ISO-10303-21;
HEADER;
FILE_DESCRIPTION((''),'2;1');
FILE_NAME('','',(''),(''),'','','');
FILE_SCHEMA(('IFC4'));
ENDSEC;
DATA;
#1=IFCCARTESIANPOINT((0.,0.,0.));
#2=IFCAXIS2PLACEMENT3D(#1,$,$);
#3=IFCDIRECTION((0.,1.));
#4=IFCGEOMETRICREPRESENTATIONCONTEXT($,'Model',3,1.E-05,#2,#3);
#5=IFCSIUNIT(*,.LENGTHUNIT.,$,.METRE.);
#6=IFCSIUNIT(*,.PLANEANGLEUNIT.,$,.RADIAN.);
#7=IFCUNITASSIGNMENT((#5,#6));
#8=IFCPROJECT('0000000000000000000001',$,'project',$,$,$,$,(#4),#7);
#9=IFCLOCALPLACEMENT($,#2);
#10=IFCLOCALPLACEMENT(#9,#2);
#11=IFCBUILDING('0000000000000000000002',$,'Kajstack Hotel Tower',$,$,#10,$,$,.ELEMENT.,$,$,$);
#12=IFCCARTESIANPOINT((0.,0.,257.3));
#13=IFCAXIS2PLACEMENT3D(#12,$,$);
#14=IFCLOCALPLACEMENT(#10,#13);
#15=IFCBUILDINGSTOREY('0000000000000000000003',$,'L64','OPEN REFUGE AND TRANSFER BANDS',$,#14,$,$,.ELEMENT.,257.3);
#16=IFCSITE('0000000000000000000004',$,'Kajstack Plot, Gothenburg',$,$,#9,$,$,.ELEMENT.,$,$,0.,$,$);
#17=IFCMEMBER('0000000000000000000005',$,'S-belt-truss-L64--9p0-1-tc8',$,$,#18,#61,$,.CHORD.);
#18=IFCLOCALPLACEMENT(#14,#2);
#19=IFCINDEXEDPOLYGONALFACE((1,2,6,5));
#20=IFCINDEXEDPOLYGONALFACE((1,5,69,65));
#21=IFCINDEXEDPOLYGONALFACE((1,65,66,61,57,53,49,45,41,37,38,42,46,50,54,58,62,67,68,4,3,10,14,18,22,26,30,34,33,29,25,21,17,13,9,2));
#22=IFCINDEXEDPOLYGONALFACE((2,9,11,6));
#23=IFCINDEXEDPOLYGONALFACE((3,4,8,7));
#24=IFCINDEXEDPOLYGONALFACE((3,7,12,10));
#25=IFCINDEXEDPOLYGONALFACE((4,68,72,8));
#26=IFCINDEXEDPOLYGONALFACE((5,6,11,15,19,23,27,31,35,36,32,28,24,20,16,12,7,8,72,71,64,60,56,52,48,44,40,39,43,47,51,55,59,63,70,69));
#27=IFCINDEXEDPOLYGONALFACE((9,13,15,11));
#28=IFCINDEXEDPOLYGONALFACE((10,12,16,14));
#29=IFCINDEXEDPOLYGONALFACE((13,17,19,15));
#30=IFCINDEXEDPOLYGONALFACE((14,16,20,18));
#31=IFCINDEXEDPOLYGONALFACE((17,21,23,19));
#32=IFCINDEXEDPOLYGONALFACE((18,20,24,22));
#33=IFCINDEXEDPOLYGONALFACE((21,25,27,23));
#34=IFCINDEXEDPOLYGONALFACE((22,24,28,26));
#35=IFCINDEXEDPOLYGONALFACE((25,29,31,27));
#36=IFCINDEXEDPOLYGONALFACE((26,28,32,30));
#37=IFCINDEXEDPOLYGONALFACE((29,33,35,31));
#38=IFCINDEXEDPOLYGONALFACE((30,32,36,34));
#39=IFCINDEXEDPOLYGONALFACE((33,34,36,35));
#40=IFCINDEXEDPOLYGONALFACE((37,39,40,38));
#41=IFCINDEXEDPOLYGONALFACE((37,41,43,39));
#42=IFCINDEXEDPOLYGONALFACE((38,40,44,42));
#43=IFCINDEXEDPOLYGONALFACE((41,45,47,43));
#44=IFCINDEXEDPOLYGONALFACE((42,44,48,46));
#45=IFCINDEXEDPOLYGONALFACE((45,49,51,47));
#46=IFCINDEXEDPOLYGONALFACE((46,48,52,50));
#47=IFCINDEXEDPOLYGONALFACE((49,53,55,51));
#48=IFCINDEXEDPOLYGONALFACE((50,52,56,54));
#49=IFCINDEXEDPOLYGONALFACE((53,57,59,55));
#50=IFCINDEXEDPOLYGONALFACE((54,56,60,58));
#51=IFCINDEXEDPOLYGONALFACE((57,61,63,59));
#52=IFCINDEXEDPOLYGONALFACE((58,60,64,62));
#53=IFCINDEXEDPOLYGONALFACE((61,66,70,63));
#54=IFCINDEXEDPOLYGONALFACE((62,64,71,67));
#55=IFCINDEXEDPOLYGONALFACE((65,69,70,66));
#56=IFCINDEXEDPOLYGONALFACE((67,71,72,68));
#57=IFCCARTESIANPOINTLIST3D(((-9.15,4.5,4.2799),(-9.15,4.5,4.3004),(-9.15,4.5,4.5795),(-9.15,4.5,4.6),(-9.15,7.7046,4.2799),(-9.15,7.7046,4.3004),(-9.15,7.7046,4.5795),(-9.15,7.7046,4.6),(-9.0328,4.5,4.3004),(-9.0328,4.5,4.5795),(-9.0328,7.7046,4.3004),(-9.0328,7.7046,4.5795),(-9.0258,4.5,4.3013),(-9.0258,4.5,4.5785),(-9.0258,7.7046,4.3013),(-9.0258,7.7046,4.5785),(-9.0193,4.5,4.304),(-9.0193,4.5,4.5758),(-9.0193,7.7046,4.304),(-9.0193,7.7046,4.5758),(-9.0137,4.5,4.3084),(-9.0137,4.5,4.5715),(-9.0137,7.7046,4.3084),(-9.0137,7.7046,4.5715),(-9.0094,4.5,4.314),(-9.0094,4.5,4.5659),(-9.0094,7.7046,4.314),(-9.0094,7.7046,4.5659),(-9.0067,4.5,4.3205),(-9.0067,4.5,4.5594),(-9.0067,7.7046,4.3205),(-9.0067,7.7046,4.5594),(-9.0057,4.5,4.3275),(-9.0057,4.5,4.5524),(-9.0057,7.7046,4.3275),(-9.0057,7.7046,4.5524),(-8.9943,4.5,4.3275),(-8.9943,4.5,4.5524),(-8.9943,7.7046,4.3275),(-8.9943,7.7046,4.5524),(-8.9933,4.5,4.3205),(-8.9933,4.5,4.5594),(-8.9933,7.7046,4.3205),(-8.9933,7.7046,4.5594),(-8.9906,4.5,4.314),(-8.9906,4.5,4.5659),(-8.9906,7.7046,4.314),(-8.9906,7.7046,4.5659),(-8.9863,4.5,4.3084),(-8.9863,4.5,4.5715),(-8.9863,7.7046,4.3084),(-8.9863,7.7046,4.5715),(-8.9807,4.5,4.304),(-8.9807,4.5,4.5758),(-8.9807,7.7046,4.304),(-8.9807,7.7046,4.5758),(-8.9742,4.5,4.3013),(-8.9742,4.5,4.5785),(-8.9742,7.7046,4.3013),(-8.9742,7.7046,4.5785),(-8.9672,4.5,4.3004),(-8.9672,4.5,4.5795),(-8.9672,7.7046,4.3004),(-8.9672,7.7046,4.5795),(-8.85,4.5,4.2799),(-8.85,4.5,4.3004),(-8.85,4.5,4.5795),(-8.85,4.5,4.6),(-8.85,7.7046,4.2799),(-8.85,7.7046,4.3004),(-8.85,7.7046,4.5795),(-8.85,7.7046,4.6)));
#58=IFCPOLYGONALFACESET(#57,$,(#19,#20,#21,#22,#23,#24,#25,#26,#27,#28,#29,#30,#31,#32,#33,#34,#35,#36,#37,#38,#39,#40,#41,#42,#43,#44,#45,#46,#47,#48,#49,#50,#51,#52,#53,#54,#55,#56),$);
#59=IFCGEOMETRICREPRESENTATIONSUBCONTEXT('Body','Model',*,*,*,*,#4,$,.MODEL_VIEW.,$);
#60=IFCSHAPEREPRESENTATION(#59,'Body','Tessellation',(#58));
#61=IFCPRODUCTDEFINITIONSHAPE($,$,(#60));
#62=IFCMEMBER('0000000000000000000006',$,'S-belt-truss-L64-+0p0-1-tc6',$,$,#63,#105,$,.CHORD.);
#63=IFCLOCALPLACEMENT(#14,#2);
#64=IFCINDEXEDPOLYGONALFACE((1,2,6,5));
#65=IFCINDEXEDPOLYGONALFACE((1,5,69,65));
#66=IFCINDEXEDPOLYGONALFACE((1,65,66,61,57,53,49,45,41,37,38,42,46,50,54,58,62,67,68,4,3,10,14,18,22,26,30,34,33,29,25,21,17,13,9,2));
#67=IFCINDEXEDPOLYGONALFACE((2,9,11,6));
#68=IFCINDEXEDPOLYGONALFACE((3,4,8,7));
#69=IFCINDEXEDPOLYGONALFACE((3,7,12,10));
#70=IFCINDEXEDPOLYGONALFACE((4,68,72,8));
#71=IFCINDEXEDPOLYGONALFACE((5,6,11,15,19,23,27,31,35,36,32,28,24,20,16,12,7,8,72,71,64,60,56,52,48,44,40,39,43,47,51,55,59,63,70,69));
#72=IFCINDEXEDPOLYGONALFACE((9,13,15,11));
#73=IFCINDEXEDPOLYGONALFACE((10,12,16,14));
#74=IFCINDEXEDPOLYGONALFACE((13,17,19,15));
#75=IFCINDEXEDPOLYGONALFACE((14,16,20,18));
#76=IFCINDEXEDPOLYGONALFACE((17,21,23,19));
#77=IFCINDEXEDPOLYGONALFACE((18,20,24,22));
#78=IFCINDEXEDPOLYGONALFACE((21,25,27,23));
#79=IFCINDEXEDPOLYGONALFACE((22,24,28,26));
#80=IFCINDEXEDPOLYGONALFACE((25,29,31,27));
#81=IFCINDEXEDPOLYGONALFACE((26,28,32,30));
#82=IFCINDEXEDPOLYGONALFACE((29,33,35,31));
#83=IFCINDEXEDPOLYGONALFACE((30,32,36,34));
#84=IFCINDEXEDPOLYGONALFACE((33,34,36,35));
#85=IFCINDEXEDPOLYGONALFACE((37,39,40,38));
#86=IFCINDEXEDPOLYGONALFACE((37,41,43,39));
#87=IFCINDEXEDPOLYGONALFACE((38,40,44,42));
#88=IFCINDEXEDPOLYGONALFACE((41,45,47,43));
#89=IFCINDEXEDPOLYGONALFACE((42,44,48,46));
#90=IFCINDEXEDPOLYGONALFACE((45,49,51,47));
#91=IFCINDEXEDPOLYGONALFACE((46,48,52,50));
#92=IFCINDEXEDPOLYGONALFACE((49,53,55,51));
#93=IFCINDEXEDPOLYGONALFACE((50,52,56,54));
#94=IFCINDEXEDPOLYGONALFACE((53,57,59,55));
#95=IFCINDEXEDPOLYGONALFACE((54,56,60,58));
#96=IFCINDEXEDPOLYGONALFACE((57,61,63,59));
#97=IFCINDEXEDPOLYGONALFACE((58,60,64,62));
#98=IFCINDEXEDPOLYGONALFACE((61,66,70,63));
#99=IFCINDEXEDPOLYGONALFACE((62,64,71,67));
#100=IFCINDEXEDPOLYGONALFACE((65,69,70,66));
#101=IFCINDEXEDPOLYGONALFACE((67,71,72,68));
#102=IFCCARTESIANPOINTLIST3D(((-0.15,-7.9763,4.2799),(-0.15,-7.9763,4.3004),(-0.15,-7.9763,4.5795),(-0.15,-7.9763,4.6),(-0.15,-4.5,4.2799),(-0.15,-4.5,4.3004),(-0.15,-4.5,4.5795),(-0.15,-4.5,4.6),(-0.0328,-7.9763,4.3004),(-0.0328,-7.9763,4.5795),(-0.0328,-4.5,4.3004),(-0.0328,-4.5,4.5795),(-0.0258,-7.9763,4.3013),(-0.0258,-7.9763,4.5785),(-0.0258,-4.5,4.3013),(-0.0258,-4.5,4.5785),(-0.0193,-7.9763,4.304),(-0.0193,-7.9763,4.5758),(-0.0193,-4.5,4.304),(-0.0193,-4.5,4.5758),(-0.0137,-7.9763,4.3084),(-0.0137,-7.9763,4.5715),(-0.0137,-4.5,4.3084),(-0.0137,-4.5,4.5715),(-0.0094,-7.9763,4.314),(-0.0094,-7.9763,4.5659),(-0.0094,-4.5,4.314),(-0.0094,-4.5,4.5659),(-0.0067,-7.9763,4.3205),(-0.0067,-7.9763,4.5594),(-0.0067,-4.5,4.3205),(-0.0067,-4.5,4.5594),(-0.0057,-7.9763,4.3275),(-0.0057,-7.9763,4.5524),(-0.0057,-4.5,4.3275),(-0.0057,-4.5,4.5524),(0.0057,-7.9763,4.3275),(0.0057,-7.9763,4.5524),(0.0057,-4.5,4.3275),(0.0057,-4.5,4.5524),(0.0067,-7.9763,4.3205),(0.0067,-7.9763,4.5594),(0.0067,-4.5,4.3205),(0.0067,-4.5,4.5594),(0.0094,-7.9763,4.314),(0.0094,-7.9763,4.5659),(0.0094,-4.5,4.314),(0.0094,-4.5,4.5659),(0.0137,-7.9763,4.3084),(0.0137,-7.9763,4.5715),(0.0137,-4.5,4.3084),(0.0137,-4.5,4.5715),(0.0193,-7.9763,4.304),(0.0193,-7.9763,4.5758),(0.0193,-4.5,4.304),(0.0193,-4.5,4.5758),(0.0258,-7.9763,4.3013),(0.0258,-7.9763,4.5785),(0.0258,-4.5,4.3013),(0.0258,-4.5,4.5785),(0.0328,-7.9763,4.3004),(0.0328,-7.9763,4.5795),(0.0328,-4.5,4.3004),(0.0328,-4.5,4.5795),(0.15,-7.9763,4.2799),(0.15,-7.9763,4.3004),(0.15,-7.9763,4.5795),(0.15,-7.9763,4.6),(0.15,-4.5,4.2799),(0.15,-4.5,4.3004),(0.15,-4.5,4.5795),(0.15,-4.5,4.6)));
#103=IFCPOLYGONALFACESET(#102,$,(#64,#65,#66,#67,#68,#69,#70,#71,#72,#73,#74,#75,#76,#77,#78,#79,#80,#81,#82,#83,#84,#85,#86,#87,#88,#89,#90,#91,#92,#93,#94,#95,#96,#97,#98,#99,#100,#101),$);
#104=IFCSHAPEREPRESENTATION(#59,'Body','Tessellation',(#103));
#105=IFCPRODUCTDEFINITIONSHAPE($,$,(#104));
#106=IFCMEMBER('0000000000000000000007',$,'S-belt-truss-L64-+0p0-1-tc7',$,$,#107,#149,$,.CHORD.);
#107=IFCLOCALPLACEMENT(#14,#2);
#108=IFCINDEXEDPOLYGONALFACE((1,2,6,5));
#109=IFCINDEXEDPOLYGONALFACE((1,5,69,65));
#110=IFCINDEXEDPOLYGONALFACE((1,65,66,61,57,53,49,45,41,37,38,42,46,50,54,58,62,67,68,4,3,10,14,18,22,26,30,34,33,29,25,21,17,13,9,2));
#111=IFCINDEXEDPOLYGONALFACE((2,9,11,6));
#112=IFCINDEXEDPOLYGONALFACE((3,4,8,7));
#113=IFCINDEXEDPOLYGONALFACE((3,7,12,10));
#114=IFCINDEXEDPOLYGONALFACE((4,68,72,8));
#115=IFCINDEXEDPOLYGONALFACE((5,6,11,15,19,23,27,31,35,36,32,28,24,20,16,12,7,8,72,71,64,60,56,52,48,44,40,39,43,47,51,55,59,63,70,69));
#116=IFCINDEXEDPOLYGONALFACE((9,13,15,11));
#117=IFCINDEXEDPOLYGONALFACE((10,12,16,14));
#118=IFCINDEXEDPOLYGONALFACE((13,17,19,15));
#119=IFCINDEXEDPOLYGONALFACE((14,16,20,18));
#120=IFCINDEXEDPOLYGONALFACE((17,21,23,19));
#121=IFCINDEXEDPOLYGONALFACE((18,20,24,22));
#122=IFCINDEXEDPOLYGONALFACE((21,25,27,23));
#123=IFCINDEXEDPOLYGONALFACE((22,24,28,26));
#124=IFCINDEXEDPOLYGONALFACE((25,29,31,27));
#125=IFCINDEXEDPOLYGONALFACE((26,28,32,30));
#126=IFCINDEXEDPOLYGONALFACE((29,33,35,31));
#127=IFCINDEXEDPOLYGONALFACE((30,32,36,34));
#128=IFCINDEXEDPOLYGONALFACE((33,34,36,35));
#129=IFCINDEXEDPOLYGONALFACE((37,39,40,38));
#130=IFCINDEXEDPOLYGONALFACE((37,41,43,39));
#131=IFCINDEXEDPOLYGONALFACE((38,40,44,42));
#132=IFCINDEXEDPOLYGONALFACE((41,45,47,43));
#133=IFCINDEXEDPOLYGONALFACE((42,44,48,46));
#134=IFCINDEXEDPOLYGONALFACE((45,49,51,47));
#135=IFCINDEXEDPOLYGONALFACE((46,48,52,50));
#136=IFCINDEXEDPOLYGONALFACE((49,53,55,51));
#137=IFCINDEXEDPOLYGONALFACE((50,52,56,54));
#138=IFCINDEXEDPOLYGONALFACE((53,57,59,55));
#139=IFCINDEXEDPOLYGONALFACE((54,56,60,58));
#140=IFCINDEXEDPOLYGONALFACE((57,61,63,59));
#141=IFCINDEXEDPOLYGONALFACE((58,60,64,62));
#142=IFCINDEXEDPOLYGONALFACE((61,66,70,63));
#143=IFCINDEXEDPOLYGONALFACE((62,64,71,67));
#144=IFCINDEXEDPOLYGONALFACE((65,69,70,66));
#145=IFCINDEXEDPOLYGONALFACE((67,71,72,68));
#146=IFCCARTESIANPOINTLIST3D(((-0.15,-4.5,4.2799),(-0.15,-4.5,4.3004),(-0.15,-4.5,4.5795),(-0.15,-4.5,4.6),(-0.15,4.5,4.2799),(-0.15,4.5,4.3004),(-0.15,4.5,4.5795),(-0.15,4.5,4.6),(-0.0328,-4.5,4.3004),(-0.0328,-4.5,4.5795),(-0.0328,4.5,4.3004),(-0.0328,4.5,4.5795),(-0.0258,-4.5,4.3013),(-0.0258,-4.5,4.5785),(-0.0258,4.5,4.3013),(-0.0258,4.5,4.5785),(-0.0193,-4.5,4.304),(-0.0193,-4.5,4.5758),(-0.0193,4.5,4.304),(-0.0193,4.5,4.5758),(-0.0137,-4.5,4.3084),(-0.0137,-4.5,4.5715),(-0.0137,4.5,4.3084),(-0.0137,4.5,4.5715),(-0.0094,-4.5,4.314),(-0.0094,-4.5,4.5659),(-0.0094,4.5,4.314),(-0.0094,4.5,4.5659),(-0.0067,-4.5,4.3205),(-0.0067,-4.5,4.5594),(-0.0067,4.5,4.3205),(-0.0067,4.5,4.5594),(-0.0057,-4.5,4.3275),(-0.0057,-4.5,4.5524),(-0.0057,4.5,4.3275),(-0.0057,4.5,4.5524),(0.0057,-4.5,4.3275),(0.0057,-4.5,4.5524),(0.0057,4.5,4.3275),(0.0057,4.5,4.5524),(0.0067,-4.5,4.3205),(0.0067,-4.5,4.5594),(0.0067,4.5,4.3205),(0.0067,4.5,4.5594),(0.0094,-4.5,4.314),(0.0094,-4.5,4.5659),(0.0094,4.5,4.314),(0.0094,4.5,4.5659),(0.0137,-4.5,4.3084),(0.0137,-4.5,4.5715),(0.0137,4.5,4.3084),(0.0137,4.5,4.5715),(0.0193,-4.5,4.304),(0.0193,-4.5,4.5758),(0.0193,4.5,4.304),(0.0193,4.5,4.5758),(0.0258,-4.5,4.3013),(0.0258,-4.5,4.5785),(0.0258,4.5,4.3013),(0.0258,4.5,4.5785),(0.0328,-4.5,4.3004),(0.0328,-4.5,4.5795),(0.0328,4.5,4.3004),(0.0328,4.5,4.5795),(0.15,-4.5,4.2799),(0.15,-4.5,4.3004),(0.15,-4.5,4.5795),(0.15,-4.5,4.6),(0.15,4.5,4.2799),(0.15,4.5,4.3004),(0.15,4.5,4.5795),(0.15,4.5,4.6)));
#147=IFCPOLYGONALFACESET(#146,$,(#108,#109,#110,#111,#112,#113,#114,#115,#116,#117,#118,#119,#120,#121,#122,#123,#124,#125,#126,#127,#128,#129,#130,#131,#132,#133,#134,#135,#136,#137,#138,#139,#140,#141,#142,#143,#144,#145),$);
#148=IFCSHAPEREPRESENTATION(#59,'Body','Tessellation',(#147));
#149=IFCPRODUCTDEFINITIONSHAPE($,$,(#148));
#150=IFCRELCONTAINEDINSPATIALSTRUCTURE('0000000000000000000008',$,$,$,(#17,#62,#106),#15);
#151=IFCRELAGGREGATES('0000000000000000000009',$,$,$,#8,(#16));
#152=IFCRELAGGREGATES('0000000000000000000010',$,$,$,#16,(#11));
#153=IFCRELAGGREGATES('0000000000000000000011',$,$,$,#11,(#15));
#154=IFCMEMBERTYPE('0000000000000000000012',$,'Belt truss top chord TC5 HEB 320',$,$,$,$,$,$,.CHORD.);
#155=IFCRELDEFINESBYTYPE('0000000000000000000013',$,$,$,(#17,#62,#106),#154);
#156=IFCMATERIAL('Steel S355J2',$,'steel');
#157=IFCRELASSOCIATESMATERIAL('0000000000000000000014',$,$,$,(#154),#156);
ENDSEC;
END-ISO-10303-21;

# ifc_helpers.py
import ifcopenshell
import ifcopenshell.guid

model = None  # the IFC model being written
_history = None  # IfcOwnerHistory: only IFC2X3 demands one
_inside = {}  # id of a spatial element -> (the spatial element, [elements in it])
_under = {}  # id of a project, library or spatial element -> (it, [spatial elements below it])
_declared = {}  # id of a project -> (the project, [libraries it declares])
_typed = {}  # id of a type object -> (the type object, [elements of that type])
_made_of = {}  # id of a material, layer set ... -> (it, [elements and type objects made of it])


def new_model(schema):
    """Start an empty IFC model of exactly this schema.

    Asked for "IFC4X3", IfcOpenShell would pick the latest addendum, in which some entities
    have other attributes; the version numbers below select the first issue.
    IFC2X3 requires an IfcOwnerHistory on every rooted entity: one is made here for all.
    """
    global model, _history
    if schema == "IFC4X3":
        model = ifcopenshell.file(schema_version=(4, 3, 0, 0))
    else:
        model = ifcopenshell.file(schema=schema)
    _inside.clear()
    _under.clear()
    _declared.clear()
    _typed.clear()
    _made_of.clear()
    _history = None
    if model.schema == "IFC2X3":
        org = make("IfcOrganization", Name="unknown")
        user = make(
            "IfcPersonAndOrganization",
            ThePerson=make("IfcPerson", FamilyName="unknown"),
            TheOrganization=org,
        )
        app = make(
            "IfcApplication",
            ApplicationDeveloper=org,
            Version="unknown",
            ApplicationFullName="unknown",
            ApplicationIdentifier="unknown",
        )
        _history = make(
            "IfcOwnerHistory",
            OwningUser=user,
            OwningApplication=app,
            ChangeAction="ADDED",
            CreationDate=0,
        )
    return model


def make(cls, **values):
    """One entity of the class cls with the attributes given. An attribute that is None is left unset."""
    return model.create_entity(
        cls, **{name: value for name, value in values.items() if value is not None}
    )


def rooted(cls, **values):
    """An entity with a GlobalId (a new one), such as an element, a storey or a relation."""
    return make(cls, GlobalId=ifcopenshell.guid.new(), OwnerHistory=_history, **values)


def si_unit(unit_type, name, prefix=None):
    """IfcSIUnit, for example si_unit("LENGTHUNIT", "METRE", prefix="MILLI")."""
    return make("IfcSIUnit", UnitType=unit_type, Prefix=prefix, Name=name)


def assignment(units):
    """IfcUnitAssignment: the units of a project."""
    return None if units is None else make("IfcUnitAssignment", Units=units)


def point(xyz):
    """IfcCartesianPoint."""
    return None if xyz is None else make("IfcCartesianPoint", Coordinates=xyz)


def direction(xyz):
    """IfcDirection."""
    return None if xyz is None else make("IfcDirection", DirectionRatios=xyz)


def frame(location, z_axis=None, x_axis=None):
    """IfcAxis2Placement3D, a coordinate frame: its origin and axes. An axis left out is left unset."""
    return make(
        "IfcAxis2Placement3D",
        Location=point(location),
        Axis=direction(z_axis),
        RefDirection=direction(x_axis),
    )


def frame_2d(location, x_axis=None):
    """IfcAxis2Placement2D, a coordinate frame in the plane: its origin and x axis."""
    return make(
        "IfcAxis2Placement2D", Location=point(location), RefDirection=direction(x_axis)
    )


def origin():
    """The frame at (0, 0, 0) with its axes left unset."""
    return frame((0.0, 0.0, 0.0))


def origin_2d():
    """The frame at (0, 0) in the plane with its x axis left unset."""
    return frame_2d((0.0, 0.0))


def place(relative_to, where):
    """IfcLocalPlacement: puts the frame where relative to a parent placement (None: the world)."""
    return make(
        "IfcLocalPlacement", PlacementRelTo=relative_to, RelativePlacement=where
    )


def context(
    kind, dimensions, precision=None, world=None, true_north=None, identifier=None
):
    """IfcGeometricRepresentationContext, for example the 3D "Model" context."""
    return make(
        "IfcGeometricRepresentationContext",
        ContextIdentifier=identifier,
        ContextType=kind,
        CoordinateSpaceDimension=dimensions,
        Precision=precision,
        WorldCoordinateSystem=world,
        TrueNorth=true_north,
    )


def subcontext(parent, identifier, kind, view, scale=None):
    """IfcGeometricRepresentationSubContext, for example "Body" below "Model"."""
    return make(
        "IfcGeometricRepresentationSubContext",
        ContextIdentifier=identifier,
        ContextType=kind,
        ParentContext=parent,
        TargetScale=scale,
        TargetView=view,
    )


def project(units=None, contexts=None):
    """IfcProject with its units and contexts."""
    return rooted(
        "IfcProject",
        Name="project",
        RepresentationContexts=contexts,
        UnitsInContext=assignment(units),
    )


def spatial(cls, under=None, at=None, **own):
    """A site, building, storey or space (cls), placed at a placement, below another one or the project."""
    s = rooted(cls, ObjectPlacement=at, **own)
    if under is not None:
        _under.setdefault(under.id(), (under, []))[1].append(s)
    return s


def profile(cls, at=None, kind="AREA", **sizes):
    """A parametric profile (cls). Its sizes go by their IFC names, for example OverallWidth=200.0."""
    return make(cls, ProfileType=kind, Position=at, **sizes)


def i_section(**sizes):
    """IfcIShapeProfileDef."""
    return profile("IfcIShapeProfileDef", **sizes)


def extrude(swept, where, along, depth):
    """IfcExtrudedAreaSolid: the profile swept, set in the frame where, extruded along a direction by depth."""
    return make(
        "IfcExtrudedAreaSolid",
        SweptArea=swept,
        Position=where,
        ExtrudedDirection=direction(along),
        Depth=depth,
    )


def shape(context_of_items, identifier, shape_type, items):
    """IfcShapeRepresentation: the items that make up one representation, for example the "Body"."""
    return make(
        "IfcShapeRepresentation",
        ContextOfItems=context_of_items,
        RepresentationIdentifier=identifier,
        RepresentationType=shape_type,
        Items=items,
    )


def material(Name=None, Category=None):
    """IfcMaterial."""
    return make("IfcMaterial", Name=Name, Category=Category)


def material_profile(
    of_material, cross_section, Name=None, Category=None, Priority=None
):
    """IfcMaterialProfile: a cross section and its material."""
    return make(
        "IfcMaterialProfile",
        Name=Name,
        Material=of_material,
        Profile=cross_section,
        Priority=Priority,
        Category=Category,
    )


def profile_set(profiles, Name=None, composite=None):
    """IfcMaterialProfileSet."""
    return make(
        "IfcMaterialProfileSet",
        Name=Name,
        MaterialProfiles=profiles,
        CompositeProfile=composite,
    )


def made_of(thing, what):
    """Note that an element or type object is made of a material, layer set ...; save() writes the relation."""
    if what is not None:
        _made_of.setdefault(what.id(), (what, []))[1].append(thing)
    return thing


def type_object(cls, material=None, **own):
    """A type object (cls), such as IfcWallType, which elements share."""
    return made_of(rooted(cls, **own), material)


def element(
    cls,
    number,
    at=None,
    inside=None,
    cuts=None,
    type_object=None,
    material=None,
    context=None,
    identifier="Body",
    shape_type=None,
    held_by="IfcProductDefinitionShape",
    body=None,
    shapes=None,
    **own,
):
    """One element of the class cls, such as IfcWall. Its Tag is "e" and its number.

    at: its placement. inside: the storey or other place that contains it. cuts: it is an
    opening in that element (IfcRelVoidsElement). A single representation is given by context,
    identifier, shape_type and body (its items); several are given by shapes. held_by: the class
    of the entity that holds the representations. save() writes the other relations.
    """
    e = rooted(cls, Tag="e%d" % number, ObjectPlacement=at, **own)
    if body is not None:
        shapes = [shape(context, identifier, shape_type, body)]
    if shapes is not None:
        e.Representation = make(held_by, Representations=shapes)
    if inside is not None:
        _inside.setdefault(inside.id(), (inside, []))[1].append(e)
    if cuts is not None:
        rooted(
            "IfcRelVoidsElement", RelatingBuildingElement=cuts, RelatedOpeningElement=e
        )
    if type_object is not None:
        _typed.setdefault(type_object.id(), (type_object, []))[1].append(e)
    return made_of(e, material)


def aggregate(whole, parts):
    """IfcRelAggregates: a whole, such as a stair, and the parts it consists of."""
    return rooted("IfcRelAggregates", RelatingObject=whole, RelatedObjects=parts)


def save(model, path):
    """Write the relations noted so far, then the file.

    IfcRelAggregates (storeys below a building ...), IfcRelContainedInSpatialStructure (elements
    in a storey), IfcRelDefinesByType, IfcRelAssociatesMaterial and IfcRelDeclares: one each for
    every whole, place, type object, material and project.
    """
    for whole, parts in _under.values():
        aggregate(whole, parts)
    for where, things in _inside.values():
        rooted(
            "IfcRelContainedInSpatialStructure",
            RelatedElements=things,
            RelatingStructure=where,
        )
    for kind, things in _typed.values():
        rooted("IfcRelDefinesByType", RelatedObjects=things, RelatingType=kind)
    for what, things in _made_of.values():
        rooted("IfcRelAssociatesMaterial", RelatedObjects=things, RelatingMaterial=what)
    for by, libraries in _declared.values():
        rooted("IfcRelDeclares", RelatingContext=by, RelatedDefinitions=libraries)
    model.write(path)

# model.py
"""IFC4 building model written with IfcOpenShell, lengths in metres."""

from ifc_helpers import new_model, si_unit, direction, frame, origin, origin_2d, place, context, subcontext, project, spatial, i_section, extrude, material, material_profile, profile_set, type_object, element, save


model = new_model("IFC4")

# Units and contexts
model_context = context("Model", 3, precision=1e-05, world=origin(), true_north=direction((0.0, 1.0)))
body_context = subcontext(model_context, "Body", "Model", "MODEL_VIEW")
ifc_project = project(units=[si_unit("LENGTHUNIT", "METRE"), si_unit("PLANEANGLEUNIT", "RADIAN")], contexts=[model_context])

# Site, building, storey
site_placement = place(None, origin())
site = spatial("IfcSite", under=ifc_project, at=site_placement, Name="Kajstack Plot, Gothenburg", CompositionType="ELEMENT", RefElevation=0.0)
building_placement = place(site_placement, origin())
building = spatial("IfcBuilding", under=site, at=building_placement, Name="Kajstack Hotel Tower", CompositionType="ELEMENT")
storey_placement = place(building_placement, frame((0.0, 0.0, 257.3)))
storey = spatial("IfcBuildingStorey", under=building, at=storey_placement, Name="L64", Description="OPEN REFUGE AND TRANSFER BANDS", CompositionType="ELEMENT", Elevation=257.3)

# Members
ifc_material_1 = material(Name="Steel S355J2", Category="steel")
ifc_material_profile_1 = material_profile(ifc_material_1, i_section(OverallWidth=0.3, OverallDepth=0.3201, WebThickness=0.0115, FlangeThickness=0.0205, FilletRadius=0.0271, at=origin_2d()), Name="HEB 320")
ifc_profile_set_1 = profile_set([ifc_material_profile_1], Name="Steel S355J2")
member_type_1 = type_object("IfcMemberType", Name="Belt truss top chord TC5 HEB 320", PredefinedType="CHORD", material=ifc_profile_set_1)
member_1_placement = place(storey_placement, frame((-9.0, 4.5, 4.4399), z_axis=(0.0, 1.0, 0.0), x_axis=(-1.0, 0.0, 0.0)))
element("IfcMember", 1, at=member_1_placement, inside=storey, type_object=member_type_1, Name="S-belt-truss-L64--9p0-1-tc8", PredefinedType="CHORD", context=body_context, shape_type="SweptSolid", body=[
    extrude(i_section(OverallWidth=0.3, OverallDepth=0.3201, WebThickness=0.0115, FlangeThickness=0.0205, FilletRadius=0.0271, at=origin_2d()), origin(), (0.0, 0.0, 1.0), 3.2046),
])
member_2_placement = place(storey_placement, frame((0.0, -7.9763, 4.4399), z_axis=(0.0, 1.0, 0.0), x_axis=(-1.0, 0.0, 0.0)))
element("IfcMember", 2, at=member_2_placement, inside=storey, type_object=member_type_1, Name="S-belt-truss-L64-+0p0-1-tc6", PredefinedType="CHORD", context=body_context, shape_type="SweptSolid", body=[
    extrude(i_section(OverallWidth=0.3, OverallDepth=0.3201, WebThickness=0.0115, FlangeThickness=0.0205, FilletRadius=0.0271, at=origin_2d()), origin(), (0.0, 0.0, 1.0), 3.4763),
])
member_3_placement = place(storey_placement, frame((0.0, -4.5, 4.4399), z_axis=(0.0, 1.0, 0.0), x_axis=(-1.0, 0.0, 0.0)))
element("IfcMember", 3, at=member_3_placement, inside=storey, type_object=member_type_1, Name="S-belt-truss-L64-+0p0-1-tc7", PredefinedType="CHORD", context=body_context, shape_type="SweptSolid", body=[
    extrude(i_section(OverallWidth=0.3, OverallDepth=0.3201, WebThickness=0.0115, FlangeThickness=0.0205, FilletRadius=0.0271, at=origin_2d()), origin(), (0.0, 0.0, 1.0), 9.0),
])

save(model, "model.ifc")
